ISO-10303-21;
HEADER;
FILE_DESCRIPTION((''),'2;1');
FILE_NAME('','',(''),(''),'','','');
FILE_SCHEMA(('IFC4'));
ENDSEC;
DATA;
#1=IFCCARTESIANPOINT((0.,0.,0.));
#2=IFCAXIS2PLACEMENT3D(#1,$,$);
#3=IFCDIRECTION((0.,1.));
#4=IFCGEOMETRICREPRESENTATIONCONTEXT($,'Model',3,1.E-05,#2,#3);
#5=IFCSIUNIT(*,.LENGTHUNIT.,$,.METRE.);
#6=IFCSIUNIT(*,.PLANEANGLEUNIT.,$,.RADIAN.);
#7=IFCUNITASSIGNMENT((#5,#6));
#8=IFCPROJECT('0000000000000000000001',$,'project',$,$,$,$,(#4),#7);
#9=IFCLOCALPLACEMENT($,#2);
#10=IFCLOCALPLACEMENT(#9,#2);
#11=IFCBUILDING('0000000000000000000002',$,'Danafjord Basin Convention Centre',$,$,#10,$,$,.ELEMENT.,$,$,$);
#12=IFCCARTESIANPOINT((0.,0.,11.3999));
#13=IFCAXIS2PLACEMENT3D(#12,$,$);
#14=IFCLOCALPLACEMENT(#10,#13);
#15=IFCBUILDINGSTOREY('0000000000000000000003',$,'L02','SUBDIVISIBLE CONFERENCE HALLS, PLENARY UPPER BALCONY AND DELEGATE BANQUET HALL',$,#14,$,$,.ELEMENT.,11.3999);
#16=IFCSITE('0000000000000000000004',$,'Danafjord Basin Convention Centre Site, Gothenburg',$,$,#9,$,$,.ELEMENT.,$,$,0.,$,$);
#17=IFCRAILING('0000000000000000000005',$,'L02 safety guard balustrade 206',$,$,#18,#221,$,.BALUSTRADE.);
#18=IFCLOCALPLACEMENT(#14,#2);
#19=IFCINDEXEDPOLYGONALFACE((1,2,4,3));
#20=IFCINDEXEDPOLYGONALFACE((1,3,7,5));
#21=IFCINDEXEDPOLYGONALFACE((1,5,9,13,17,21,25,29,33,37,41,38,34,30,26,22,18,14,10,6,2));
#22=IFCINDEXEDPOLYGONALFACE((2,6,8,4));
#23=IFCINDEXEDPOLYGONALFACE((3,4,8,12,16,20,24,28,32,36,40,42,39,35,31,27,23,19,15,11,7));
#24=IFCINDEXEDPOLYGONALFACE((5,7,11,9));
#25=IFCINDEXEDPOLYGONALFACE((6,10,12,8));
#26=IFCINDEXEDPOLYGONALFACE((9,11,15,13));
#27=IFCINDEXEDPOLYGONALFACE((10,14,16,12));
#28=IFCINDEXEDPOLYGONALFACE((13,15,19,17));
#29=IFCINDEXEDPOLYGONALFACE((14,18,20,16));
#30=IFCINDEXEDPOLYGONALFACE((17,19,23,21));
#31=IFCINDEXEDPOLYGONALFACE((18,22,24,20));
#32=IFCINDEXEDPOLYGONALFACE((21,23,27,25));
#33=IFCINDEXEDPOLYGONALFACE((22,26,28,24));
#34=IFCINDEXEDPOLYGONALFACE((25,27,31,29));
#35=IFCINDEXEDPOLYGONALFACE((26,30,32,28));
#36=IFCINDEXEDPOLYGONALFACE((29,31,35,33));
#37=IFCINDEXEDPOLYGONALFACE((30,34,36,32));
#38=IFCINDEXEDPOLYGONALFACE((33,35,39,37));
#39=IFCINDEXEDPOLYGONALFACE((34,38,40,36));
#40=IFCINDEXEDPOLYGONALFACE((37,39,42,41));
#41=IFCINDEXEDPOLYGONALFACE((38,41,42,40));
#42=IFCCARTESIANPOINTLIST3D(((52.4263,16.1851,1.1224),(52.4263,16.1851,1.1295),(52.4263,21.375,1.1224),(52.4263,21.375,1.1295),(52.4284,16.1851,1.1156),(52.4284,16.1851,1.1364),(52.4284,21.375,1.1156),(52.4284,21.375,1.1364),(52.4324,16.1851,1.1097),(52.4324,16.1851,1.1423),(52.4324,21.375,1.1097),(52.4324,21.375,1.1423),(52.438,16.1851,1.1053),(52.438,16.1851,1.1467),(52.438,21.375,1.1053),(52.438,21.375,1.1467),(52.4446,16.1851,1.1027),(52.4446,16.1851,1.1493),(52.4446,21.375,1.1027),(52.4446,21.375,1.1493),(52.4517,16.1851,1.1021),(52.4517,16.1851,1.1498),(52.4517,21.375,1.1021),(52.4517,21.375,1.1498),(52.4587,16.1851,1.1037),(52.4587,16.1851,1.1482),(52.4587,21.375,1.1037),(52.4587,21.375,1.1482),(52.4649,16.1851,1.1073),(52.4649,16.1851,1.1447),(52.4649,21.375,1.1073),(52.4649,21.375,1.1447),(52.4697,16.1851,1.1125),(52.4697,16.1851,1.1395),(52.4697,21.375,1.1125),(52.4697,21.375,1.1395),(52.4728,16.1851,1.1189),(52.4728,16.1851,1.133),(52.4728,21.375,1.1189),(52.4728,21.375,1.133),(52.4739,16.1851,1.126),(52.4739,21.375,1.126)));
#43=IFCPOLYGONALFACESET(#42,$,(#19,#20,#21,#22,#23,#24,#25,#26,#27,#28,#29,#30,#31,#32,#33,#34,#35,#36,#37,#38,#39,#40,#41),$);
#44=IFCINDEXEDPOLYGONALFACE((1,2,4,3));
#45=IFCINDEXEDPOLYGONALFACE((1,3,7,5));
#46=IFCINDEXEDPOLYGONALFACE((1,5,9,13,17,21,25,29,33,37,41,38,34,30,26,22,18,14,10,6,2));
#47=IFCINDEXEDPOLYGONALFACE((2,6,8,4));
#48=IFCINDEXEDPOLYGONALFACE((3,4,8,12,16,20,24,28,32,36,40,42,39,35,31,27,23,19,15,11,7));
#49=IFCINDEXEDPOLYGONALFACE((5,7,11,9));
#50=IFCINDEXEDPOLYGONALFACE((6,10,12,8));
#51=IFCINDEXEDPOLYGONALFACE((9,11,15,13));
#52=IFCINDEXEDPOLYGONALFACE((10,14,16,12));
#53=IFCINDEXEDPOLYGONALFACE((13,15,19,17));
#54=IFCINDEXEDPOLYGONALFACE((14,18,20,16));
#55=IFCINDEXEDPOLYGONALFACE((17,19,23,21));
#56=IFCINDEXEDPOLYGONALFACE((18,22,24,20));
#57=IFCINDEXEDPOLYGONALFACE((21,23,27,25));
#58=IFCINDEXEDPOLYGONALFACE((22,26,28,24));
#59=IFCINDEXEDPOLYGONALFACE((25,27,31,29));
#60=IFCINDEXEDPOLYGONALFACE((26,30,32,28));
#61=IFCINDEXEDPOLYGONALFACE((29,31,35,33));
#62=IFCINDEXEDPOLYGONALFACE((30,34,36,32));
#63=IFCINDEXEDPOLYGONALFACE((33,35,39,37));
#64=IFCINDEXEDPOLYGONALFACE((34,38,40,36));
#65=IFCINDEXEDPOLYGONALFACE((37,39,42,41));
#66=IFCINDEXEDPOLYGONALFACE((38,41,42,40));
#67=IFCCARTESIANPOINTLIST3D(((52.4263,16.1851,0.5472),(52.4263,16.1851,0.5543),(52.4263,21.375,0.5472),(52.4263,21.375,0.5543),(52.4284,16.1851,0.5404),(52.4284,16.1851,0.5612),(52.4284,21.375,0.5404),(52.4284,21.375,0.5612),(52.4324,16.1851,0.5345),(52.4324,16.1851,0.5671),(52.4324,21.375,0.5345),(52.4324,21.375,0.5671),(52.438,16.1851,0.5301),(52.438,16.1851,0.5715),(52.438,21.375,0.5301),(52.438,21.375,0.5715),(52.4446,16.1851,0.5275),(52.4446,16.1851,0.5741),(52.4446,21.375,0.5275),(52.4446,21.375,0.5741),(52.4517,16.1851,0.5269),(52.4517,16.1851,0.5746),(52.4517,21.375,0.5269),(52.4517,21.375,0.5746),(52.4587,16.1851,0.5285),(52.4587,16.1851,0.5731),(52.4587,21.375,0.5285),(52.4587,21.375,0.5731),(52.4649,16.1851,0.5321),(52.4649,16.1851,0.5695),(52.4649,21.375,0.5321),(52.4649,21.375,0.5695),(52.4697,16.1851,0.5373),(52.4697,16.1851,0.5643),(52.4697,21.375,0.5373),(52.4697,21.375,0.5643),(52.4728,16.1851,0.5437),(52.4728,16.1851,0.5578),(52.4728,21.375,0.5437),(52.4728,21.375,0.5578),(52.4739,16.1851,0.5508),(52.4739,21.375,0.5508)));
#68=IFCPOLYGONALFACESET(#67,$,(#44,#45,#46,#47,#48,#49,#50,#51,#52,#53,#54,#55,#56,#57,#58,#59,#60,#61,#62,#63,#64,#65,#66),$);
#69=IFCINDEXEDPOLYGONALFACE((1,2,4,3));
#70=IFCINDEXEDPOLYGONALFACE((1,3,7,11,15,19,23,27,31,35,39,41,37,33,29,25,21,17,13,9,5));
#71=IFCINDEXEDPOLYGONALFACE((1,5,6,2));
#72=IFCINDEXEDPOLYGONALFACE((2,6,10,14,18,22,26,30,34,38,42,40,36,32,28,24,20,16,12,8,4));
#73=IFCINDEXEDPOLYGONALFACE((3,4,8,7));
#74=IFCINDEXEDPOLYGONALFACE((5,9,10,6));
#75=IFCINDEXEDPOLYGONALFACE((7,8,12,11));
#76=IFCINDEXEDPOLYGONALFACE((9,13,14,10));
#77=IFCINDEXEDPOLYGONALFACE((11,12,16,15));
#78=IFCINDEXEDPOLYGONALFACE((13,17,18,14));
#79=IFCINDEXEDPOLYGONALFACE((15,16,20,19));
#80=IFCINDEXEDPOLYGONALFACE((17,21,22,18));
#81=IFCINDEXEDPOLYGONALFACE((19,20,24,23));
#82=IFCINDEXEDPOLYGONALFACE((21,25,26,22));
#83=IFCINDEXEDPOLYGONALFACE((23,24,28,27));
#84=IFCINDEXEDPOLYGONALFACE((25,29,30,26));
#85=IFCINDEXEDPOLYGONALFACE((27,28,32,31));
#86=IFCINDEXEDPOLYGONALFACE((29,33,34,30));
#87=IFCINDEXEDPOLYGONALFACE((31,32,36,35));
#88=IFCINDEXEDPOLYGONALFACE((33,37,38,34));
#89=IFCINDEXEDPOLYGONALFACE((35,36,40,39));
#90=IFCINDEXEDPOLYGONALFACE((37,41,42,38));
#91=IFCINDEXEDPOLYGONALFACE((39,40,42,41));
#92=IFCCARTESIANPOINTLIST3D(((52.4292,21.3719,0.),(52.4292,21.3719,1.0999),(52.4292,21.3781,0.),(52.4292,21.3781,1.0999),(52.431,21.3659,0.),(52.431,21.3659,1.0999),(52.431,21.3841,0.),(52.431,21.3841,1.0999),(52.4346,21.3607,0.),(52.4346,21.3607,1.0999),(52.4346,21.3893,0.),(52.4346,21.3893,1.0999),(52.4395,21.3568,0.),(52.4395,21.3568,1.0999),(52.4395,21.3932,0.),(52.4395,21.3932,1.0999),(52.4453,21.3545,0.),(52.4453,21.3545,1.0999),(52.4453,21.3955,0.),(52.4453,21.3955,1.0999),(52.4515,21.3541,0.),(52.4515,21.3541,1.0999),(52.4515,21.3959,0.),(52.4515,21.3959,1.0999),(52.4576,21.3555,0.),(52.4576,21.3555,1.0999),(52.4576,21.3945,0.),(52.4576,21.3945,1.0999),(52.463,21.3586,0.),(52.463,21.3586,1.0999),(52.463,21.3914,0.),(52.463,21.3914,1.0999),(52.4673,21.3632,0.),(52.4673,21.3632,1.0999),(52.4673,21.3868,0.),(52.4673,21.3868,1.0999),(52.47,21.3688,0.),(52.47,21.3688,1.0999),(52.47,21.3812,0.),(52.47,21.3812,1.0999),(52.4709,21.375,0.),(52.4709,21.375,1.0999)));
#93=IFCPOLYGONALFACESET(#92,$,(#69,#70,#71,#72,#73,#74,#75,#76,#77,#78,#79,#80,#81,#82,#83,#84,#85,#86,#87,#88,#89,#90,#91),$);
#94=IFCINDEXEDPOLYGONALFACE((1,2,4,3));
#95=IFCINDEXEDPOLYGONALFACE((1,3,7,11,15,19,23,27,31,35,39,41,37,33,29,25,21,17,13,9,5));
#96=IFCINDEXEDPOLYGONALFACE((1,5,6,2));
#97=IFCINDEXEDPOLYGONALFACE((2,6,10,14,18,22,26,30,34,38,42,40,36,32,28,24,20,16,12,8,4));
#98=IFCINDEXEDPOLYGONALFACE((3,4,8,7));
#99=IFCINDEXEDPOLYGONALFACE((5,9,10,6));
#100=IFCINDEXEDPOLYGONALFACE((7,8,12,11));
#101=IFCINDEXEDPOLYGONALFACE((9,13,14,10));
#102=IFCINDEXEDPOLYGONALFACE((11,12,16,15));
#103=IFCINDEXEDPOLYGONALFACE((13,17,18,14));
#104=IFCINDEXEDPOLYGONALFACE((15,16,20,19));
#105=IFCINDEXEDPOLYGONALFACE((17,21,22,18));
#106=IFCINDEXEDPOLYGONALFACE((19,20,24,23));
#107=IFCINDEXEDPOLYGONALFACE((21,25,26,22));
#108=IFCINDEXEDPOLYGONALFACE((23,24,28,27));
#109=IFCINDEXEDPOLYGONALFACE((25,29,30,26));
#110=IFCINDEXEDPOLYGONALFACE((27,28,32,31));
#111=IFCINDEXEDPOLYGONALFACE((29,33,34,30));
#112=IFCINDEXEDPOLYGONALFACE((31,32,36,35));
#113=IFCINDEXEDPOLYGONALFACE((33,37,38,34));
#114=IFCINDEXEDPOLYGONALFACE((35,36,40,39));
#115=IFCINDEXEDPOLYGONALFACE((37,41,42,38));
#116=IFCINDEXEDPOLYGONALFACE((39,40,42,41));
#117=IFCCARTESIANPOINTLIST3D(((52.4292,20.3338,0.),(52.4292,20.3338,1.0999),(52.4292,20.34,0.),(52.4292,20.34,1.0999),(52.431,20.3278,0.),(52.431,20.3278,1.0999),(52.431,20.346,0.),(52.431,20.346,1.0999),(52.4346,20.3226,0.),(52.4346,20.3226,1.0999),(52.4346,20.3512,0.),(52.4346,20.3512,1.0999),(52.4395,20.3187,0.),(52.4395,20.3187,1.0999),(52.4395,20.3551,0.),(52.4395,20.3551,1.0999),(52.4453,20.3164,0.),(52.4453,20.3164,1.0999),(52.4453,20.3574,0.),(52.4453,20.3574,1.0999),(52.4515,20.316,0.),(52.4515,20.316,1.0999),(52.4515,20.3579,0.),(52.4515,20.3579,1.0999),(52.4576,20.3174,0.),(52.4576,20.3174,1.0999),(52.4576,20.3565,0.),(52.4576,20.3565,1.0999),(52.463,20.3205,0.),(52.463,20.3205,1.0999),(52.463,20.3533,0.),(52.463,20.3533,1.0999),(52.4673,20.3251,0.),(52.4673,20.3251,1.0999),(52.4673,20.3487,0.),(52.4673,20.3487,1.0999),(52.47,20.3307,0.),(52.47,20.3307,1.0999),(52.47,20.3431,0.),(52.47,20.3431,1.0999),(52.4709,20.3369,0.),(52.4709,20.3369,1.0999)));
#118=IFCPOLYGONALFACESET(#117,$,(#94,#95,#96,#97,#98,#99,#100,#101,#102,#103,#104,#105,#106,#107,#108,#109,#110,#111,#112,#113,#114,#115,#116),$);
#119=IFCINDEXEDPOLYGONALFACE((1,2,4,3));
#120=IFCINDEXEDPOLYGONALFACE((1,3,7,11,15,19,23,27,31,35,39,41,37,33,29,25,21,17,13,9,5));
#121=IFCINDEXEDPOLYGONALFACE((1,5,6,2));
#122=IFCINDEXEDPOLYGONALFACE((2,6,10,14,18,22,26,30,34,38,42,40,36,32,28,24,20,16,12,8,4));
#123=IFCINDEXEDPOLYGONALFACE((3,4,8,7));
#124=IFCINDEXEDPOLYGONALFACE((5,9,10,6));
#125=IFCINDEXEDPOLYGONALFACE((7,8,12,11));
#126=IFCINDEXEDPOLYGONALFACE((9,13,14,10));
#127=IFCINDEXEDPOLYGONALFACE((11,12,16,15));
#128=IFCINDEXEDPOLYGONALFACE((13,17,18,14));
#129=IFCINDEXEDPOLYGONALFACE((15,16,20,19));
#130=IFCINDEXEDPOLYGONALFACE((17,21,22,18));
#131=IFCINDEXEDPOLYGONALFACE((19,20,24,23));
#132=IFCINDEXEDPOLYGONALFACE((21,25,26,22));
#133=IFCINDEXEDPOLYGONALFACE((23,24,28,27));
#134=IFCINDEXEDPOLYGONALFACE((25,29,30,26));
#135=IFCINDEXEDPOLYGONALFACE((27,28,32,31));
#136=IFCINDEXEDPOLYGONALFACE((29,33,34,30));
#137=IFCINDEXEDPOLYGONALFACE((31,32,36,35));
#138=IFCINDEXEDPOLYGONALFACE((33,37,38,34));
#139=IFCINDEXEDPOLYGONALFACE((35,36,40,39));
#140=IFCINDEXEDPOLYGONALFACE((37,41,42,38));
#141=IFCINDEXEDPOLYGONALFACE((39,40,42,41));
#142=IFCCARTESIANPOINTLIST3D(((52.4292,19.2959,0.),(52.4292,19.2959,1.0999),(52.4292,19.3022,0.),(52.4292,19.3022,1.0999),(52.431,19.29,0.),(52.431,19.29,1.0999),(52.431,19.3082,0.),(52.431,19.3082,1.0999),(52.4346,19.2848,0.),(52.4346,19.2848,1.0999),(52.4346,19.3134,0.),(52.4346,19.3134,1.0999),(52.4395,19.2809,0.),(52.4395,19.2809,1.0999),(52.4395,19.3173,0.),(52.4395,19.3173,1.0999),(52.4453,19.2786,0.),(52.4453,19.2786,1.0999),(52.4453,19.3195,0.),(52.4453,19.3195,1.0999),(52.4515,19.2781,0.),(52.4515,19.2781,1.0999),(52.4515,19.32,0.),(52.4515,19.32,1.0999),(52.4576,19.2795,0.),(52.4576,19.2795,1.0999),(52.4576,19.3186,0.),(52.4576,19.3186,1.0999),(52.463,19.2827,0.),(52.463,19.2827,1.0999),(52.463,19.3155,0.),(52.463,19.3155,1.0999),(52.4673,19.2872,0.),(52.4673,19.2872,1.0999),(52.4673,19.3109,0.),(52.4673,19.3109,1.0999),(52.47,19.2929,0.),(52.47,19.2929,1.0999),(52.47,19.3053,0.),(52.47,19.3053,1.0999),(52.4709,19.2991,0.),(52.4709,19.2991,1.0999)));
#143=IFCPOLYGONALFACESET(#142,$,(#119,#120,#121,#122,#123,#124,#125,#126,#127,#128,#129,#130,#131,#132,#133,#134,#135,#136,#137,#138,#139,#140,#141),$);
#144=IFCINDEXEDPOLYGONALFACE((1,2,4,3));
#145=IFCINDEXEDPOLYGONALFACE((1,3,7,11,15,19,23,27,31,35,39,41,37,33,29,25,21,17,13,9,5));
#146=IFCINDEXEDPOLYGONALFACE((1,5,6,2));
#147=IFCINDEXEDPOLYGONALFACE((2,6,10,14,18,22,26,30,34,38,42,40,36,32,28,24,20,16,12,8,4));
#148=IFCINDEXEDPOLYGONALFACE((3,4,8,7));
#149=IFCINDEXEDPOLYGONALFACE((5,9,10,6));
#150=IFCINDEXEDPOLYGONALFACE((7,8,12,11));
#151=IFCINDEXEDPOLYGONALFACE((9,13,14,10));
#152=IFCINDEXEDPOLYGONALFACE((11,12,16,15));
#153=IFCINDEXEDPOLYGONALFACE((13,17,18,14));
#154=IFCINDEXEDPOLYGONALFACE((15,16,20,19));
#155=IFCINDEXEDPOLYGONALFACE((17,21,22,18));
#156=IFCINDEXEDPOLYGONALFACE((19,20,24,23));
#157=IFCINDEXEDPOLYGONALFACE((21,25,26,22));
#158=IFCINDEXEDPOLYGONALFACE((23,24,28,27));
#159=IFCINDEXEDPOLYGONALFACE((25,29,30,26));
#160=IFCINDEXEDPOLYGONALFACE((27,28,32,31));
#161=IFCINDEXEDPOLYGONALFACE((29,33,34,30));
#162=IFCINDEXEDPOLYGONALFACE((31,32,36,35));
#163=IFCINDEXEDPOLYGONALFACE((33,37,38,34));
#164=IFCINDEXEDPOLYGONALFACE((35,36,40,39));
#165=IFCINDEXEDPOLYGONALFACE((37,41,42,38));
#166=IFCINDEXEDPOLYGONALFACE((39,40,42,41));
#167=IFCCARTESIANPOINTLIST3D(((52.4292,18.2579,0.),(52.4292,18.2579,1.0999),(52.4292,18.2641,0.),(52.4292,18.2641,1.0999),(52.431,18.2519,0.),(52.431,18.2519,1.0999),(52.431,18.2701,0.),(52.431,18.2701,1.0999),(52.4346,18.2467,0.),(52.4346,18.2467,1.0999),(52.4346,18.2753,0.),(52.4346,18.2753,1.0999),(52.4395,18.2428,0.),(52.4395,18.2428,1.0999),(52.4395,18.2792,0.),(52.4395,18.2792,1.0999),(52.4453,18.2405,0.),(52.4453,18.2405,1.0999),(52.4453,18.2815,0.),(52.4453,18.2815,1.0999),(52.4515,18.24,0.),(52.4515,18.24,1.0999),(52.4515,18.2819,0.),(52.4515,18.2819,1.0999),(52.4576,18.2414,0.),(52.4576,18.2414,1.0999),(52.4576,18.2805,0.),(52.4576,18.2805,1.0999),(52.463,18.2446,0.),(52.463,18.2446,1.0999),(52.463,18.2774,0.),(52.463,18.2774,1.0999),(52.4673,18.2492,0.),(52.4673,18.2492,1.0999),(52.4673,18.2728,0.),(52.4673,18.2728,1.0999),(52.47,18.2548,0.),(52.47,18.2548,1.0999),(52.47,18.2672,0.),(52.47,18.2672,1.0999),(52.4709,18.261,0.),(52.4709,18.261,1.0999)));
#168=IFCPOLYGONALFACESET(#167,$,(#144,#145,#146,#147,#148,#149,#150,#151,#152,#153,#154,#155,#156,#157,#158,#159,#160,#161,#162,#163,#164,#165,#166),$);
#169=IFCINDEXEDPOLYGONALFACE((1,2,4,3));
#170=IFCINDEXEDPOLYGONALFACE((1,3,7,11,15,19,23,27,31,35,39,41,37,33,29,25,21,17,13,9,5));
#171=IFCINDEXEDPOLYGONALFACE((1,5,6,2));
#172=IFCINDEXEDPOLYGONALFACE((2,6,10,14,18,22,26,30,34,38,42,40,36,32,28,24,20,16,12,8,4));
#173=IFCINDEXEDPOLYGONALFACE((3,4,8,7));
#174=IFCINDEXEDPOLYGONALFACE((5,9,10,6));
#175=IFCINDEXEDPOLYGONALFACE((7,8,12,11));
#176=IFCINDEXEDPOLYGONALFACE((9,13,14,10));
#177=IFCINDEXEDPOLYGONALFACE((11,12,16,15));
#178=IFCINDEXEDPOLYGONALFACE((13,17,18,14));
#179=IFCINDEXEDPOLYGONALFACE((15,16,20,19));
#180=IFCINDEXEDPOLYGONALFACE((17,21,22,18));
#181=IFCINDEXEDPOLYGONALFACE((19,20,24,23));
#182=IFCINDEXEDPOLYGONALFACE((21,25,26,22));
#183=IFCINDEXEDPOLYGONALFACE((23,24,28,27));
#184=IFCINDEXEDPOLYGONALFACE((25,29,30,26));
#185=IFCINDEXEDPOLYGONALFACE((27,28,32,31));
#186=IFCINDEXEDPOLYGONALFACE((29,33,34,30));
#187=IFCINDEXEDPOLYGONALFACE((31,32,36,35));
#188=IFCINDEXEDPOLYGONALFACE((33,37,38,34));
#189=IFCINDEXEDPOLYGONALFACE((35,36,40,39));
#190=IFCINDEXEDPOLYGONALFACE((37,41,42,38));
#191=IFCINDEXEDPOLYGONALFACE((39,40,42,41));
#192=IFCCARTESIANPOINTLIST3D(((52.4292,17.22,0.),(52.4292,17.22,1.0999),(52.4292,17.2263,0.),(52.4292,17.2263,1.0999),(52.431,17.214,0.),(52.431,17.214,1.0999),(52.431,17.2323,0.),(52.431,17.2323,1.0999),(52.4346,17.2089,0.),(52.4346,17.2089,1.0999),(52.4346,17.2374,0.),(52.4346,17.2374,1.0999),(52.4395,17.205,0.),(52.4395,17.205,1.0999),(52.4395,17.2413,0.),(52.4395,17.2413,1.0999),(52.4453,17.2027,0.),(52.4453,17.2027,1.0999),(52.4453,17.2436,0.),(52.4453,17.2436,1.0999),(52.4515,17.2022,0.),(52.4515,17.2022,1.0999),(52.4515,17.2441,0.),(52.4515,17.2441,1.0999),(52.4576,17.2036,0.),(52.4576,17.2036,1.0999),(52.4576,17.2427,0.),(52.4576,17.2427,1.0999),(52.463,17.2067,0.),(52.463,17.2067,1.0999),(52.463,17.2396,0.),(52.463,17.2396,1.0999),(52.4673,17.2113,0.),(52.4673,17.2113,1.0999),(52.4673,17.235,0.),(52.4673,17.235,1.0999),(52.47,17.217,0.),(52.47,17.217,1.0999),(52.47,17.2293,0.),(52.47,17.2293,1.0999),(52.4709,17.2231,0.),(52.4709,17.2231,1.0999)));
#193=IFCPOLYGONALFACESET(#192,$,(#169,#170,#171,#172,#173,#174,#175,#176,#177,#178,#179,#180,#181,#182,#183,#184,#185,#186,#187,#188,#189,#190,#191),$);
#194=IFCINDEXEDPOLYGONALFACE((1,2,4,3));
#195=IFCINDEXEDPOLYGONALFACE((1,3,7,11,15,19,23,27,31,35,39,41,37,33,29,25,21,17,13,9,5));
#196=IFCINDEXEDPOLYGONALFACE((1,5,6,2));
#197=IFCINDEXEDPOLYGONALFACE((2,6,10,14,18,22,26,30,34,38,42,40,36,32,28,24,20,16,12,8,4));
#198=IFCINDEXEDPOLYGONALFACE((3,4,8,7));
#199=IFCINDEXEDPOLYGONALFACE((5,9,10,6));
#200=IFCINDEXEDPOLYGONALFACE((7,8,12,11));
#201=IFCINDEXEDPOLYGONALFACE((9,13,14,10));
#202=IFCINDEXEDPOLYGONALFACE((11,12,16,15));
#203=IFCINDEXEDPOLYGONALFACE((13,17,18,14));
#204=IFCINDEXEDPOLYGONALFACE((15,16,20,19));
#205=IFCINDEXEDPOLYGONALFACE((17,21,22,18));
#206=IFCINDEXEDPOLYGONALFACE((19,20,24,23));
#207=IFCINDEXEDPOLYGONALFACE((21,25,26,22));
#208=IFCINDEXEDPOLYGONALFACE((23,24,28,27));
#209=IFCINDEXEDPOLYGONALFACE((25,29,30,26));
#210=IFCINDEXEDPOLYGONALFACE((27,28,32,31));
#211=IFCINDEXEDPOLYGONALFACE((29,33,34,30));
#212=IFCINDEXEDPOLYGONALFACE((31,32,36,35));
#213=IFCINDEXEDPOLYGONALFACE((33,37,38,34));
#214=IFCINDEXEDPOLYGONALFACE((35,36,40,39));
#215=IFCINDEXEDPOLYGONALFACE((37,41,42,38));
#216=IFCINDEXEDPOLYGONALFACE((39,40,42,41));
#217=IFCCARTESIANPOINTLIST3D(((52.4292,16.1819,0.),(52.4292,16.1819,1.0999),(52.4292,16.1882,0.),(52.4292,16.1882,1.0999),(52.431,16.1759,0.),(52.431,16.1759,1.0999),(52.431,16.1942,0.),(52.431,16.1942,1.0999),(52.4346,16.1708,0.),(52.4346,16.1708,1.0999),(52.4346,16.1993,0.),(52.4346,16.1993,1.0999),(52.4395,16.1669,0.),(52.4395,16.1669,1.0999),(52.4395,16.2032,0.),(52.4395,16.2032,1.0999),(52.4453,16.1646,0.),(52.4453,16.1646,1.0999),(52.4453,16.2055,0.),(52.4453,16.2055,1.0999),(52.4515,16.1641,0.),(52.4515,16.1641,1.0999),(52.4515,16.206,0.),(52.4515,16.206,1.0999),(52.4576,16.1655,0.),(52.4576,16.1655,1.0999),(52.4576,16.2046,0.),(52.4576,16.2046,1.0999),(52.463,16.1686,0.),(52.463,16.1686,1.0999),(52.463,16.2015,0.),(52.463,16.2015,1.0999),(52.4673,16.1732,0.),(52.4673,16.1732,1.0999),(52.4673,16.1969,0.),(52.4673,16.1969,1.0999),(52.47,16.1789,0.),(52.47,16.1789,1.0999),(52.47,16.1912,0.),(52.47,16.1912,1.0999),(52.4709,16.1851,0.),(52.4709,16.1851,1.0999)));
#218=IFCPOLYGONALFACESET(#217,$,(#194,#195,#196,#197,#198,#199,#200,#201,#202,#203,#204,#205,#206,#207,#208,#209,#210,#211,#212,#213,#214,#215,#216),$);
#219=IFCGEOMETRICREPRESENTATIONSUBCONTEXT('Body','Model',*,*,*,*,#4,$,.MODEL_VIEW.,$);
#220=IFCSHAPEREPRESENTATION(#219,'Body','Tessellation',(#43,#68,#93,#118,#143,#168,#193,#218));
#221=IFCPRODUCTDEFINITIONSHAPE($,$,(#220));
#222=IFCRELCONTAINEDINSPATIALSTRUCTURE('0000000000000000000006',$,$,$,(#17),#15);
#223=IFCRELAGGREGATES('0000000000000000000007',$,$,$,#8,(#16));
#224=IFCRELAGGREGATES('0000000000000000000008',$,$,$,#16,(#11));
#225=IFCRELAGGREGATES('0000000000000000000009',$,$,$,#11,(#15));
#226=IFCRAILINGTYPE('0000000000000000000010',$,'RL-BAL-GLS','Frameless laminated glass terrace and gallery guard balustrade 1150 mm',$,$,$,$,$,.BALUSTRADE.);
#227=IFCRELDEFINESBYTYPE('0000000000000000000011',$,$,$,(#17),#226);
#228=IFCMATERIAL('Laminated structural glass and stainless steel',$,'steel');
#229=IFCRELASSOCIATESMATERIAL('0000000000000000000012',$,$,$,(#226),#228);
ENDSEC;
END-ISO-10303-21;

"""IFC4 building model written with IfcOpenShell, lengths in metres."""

from ifc_helpers import new_model, si_unit, direction, frame, origin, origin_2d, place, context, subcontext, project, spatial, circle, extrude, material, type_object, element, save


model = new_model("IFC4")

# Units and contexts
model_context = context("Model", 3, precision=1e-05, world=origin(), true_north=direction((0.0, 1.0)))
body_context = subcontext(model_context, "Body", "Model", "MODEL_VIEW")
ifc_project = project(units=[si_unit("LENGTHUNIT", "METRE"), si_unit("PLANEANGLEUNIT", "RADIAN")], contexts=[model_context])

# Site, building, storey
site_placement = place(None, origin())
site = spatial("IfcSite", under=ifc_project, at=site_placement, Name="Danafjord Basin Convention Centre Site, Gothenburg", CompositionType="ELEMENT", RefElevation=0.0)
building_placement = place(site_placement, origin())
building = spatial("IfcBuilding", under=site, at=building_placement, Name="Danafjord Basin Convention Centre", CompositionType="ELEMENT")
storey_placement = place(building_placement, frame((0.0, 0.0, 11.3999)))
storey = spatial("IfcBuildingStorey", under=building, at=storey_placement, Name="L02", Description="SUBDIVISIBLE CONFERENCE HALLS, PLENARY UPPER BALCONY AND DELEGATE BANQUET HALL", CompositionType="ELEMENT", Elevation=11.3999)

# Railing
ifc_material_1 = material(Name="Laminated structural glass and stainless steel", Category="steel")
railing_type_1 = type_object("IfcRailingType", Name="RL-BAL-GLS", Description="Frameless laminated glass terrace and gallery guard balustrade 1150 mm", PredefinedType="BALUSTRADE", material=ifc_material_1)
railing_1_placement = place(storey_placement, frame((52.45, 21.375, 0.0)))
element("IfcRailing", 1, at=railing_1_placement, inside=storey, type_object=railing_type_1, Name="L02 safety guard balustrade 206", PredefinedType="BALUSTRADE", context=body_context, shape_type="SweptSolid", body=[
    extrude(circle(Radius=0.0239, at=origin_2d()), frame((0.0, 0.0, 1.126), z_axis=(0.0, -1.0, 0.0), x_axis=(1.0, 0.0, 0.0)), (0.0, 0.0, 1.0), 5.1899),
    extrude(circle(Radius=0.0239, at=origin_2d()), frame((0.0, 0.0, 0.5508), z_axis=(0.0, -1.0, 0.0), x_axis=(1.0, 0.0, 0.0)), (0.0, 0.0, 1.0), 5.1899),
    extrude(circle(Radius=0.021, at=origin_2d()), origin(), (0.0, 0.0, 1.0), 1.0999),
    extrude(circle(Radius=0.021, at=origin_2d()), frame((0.0, -1.0381, 0.0)), (0.0, 0.0, 1.0), 1.0999),
    extrude(circle(Radius=0.021, at=origin_2d()), frame((0.0, -2.0759, 0.0)), (0.0, 0.0, 1.0), 1.0999),
    extrude(circle(Radius=0.021, at=origin_2d()), frame((0.0, -3.114, 0.0)), (0.0, 0.0, 1.0), 1.0999),
    extrude(circle(Radius=0.021, at=origin_2d()), frame((0.0, -4.1519, 0.0)), (0.0, 0.0, 1.0), 1.0999),
    extrude(circle(Radius=0.021, at=origin_2d()), frame((0.0, -5.1899, 0.0)), (0.0, 0.0, 1.0), 1.0999),
])

save(model, "model.ifc")
